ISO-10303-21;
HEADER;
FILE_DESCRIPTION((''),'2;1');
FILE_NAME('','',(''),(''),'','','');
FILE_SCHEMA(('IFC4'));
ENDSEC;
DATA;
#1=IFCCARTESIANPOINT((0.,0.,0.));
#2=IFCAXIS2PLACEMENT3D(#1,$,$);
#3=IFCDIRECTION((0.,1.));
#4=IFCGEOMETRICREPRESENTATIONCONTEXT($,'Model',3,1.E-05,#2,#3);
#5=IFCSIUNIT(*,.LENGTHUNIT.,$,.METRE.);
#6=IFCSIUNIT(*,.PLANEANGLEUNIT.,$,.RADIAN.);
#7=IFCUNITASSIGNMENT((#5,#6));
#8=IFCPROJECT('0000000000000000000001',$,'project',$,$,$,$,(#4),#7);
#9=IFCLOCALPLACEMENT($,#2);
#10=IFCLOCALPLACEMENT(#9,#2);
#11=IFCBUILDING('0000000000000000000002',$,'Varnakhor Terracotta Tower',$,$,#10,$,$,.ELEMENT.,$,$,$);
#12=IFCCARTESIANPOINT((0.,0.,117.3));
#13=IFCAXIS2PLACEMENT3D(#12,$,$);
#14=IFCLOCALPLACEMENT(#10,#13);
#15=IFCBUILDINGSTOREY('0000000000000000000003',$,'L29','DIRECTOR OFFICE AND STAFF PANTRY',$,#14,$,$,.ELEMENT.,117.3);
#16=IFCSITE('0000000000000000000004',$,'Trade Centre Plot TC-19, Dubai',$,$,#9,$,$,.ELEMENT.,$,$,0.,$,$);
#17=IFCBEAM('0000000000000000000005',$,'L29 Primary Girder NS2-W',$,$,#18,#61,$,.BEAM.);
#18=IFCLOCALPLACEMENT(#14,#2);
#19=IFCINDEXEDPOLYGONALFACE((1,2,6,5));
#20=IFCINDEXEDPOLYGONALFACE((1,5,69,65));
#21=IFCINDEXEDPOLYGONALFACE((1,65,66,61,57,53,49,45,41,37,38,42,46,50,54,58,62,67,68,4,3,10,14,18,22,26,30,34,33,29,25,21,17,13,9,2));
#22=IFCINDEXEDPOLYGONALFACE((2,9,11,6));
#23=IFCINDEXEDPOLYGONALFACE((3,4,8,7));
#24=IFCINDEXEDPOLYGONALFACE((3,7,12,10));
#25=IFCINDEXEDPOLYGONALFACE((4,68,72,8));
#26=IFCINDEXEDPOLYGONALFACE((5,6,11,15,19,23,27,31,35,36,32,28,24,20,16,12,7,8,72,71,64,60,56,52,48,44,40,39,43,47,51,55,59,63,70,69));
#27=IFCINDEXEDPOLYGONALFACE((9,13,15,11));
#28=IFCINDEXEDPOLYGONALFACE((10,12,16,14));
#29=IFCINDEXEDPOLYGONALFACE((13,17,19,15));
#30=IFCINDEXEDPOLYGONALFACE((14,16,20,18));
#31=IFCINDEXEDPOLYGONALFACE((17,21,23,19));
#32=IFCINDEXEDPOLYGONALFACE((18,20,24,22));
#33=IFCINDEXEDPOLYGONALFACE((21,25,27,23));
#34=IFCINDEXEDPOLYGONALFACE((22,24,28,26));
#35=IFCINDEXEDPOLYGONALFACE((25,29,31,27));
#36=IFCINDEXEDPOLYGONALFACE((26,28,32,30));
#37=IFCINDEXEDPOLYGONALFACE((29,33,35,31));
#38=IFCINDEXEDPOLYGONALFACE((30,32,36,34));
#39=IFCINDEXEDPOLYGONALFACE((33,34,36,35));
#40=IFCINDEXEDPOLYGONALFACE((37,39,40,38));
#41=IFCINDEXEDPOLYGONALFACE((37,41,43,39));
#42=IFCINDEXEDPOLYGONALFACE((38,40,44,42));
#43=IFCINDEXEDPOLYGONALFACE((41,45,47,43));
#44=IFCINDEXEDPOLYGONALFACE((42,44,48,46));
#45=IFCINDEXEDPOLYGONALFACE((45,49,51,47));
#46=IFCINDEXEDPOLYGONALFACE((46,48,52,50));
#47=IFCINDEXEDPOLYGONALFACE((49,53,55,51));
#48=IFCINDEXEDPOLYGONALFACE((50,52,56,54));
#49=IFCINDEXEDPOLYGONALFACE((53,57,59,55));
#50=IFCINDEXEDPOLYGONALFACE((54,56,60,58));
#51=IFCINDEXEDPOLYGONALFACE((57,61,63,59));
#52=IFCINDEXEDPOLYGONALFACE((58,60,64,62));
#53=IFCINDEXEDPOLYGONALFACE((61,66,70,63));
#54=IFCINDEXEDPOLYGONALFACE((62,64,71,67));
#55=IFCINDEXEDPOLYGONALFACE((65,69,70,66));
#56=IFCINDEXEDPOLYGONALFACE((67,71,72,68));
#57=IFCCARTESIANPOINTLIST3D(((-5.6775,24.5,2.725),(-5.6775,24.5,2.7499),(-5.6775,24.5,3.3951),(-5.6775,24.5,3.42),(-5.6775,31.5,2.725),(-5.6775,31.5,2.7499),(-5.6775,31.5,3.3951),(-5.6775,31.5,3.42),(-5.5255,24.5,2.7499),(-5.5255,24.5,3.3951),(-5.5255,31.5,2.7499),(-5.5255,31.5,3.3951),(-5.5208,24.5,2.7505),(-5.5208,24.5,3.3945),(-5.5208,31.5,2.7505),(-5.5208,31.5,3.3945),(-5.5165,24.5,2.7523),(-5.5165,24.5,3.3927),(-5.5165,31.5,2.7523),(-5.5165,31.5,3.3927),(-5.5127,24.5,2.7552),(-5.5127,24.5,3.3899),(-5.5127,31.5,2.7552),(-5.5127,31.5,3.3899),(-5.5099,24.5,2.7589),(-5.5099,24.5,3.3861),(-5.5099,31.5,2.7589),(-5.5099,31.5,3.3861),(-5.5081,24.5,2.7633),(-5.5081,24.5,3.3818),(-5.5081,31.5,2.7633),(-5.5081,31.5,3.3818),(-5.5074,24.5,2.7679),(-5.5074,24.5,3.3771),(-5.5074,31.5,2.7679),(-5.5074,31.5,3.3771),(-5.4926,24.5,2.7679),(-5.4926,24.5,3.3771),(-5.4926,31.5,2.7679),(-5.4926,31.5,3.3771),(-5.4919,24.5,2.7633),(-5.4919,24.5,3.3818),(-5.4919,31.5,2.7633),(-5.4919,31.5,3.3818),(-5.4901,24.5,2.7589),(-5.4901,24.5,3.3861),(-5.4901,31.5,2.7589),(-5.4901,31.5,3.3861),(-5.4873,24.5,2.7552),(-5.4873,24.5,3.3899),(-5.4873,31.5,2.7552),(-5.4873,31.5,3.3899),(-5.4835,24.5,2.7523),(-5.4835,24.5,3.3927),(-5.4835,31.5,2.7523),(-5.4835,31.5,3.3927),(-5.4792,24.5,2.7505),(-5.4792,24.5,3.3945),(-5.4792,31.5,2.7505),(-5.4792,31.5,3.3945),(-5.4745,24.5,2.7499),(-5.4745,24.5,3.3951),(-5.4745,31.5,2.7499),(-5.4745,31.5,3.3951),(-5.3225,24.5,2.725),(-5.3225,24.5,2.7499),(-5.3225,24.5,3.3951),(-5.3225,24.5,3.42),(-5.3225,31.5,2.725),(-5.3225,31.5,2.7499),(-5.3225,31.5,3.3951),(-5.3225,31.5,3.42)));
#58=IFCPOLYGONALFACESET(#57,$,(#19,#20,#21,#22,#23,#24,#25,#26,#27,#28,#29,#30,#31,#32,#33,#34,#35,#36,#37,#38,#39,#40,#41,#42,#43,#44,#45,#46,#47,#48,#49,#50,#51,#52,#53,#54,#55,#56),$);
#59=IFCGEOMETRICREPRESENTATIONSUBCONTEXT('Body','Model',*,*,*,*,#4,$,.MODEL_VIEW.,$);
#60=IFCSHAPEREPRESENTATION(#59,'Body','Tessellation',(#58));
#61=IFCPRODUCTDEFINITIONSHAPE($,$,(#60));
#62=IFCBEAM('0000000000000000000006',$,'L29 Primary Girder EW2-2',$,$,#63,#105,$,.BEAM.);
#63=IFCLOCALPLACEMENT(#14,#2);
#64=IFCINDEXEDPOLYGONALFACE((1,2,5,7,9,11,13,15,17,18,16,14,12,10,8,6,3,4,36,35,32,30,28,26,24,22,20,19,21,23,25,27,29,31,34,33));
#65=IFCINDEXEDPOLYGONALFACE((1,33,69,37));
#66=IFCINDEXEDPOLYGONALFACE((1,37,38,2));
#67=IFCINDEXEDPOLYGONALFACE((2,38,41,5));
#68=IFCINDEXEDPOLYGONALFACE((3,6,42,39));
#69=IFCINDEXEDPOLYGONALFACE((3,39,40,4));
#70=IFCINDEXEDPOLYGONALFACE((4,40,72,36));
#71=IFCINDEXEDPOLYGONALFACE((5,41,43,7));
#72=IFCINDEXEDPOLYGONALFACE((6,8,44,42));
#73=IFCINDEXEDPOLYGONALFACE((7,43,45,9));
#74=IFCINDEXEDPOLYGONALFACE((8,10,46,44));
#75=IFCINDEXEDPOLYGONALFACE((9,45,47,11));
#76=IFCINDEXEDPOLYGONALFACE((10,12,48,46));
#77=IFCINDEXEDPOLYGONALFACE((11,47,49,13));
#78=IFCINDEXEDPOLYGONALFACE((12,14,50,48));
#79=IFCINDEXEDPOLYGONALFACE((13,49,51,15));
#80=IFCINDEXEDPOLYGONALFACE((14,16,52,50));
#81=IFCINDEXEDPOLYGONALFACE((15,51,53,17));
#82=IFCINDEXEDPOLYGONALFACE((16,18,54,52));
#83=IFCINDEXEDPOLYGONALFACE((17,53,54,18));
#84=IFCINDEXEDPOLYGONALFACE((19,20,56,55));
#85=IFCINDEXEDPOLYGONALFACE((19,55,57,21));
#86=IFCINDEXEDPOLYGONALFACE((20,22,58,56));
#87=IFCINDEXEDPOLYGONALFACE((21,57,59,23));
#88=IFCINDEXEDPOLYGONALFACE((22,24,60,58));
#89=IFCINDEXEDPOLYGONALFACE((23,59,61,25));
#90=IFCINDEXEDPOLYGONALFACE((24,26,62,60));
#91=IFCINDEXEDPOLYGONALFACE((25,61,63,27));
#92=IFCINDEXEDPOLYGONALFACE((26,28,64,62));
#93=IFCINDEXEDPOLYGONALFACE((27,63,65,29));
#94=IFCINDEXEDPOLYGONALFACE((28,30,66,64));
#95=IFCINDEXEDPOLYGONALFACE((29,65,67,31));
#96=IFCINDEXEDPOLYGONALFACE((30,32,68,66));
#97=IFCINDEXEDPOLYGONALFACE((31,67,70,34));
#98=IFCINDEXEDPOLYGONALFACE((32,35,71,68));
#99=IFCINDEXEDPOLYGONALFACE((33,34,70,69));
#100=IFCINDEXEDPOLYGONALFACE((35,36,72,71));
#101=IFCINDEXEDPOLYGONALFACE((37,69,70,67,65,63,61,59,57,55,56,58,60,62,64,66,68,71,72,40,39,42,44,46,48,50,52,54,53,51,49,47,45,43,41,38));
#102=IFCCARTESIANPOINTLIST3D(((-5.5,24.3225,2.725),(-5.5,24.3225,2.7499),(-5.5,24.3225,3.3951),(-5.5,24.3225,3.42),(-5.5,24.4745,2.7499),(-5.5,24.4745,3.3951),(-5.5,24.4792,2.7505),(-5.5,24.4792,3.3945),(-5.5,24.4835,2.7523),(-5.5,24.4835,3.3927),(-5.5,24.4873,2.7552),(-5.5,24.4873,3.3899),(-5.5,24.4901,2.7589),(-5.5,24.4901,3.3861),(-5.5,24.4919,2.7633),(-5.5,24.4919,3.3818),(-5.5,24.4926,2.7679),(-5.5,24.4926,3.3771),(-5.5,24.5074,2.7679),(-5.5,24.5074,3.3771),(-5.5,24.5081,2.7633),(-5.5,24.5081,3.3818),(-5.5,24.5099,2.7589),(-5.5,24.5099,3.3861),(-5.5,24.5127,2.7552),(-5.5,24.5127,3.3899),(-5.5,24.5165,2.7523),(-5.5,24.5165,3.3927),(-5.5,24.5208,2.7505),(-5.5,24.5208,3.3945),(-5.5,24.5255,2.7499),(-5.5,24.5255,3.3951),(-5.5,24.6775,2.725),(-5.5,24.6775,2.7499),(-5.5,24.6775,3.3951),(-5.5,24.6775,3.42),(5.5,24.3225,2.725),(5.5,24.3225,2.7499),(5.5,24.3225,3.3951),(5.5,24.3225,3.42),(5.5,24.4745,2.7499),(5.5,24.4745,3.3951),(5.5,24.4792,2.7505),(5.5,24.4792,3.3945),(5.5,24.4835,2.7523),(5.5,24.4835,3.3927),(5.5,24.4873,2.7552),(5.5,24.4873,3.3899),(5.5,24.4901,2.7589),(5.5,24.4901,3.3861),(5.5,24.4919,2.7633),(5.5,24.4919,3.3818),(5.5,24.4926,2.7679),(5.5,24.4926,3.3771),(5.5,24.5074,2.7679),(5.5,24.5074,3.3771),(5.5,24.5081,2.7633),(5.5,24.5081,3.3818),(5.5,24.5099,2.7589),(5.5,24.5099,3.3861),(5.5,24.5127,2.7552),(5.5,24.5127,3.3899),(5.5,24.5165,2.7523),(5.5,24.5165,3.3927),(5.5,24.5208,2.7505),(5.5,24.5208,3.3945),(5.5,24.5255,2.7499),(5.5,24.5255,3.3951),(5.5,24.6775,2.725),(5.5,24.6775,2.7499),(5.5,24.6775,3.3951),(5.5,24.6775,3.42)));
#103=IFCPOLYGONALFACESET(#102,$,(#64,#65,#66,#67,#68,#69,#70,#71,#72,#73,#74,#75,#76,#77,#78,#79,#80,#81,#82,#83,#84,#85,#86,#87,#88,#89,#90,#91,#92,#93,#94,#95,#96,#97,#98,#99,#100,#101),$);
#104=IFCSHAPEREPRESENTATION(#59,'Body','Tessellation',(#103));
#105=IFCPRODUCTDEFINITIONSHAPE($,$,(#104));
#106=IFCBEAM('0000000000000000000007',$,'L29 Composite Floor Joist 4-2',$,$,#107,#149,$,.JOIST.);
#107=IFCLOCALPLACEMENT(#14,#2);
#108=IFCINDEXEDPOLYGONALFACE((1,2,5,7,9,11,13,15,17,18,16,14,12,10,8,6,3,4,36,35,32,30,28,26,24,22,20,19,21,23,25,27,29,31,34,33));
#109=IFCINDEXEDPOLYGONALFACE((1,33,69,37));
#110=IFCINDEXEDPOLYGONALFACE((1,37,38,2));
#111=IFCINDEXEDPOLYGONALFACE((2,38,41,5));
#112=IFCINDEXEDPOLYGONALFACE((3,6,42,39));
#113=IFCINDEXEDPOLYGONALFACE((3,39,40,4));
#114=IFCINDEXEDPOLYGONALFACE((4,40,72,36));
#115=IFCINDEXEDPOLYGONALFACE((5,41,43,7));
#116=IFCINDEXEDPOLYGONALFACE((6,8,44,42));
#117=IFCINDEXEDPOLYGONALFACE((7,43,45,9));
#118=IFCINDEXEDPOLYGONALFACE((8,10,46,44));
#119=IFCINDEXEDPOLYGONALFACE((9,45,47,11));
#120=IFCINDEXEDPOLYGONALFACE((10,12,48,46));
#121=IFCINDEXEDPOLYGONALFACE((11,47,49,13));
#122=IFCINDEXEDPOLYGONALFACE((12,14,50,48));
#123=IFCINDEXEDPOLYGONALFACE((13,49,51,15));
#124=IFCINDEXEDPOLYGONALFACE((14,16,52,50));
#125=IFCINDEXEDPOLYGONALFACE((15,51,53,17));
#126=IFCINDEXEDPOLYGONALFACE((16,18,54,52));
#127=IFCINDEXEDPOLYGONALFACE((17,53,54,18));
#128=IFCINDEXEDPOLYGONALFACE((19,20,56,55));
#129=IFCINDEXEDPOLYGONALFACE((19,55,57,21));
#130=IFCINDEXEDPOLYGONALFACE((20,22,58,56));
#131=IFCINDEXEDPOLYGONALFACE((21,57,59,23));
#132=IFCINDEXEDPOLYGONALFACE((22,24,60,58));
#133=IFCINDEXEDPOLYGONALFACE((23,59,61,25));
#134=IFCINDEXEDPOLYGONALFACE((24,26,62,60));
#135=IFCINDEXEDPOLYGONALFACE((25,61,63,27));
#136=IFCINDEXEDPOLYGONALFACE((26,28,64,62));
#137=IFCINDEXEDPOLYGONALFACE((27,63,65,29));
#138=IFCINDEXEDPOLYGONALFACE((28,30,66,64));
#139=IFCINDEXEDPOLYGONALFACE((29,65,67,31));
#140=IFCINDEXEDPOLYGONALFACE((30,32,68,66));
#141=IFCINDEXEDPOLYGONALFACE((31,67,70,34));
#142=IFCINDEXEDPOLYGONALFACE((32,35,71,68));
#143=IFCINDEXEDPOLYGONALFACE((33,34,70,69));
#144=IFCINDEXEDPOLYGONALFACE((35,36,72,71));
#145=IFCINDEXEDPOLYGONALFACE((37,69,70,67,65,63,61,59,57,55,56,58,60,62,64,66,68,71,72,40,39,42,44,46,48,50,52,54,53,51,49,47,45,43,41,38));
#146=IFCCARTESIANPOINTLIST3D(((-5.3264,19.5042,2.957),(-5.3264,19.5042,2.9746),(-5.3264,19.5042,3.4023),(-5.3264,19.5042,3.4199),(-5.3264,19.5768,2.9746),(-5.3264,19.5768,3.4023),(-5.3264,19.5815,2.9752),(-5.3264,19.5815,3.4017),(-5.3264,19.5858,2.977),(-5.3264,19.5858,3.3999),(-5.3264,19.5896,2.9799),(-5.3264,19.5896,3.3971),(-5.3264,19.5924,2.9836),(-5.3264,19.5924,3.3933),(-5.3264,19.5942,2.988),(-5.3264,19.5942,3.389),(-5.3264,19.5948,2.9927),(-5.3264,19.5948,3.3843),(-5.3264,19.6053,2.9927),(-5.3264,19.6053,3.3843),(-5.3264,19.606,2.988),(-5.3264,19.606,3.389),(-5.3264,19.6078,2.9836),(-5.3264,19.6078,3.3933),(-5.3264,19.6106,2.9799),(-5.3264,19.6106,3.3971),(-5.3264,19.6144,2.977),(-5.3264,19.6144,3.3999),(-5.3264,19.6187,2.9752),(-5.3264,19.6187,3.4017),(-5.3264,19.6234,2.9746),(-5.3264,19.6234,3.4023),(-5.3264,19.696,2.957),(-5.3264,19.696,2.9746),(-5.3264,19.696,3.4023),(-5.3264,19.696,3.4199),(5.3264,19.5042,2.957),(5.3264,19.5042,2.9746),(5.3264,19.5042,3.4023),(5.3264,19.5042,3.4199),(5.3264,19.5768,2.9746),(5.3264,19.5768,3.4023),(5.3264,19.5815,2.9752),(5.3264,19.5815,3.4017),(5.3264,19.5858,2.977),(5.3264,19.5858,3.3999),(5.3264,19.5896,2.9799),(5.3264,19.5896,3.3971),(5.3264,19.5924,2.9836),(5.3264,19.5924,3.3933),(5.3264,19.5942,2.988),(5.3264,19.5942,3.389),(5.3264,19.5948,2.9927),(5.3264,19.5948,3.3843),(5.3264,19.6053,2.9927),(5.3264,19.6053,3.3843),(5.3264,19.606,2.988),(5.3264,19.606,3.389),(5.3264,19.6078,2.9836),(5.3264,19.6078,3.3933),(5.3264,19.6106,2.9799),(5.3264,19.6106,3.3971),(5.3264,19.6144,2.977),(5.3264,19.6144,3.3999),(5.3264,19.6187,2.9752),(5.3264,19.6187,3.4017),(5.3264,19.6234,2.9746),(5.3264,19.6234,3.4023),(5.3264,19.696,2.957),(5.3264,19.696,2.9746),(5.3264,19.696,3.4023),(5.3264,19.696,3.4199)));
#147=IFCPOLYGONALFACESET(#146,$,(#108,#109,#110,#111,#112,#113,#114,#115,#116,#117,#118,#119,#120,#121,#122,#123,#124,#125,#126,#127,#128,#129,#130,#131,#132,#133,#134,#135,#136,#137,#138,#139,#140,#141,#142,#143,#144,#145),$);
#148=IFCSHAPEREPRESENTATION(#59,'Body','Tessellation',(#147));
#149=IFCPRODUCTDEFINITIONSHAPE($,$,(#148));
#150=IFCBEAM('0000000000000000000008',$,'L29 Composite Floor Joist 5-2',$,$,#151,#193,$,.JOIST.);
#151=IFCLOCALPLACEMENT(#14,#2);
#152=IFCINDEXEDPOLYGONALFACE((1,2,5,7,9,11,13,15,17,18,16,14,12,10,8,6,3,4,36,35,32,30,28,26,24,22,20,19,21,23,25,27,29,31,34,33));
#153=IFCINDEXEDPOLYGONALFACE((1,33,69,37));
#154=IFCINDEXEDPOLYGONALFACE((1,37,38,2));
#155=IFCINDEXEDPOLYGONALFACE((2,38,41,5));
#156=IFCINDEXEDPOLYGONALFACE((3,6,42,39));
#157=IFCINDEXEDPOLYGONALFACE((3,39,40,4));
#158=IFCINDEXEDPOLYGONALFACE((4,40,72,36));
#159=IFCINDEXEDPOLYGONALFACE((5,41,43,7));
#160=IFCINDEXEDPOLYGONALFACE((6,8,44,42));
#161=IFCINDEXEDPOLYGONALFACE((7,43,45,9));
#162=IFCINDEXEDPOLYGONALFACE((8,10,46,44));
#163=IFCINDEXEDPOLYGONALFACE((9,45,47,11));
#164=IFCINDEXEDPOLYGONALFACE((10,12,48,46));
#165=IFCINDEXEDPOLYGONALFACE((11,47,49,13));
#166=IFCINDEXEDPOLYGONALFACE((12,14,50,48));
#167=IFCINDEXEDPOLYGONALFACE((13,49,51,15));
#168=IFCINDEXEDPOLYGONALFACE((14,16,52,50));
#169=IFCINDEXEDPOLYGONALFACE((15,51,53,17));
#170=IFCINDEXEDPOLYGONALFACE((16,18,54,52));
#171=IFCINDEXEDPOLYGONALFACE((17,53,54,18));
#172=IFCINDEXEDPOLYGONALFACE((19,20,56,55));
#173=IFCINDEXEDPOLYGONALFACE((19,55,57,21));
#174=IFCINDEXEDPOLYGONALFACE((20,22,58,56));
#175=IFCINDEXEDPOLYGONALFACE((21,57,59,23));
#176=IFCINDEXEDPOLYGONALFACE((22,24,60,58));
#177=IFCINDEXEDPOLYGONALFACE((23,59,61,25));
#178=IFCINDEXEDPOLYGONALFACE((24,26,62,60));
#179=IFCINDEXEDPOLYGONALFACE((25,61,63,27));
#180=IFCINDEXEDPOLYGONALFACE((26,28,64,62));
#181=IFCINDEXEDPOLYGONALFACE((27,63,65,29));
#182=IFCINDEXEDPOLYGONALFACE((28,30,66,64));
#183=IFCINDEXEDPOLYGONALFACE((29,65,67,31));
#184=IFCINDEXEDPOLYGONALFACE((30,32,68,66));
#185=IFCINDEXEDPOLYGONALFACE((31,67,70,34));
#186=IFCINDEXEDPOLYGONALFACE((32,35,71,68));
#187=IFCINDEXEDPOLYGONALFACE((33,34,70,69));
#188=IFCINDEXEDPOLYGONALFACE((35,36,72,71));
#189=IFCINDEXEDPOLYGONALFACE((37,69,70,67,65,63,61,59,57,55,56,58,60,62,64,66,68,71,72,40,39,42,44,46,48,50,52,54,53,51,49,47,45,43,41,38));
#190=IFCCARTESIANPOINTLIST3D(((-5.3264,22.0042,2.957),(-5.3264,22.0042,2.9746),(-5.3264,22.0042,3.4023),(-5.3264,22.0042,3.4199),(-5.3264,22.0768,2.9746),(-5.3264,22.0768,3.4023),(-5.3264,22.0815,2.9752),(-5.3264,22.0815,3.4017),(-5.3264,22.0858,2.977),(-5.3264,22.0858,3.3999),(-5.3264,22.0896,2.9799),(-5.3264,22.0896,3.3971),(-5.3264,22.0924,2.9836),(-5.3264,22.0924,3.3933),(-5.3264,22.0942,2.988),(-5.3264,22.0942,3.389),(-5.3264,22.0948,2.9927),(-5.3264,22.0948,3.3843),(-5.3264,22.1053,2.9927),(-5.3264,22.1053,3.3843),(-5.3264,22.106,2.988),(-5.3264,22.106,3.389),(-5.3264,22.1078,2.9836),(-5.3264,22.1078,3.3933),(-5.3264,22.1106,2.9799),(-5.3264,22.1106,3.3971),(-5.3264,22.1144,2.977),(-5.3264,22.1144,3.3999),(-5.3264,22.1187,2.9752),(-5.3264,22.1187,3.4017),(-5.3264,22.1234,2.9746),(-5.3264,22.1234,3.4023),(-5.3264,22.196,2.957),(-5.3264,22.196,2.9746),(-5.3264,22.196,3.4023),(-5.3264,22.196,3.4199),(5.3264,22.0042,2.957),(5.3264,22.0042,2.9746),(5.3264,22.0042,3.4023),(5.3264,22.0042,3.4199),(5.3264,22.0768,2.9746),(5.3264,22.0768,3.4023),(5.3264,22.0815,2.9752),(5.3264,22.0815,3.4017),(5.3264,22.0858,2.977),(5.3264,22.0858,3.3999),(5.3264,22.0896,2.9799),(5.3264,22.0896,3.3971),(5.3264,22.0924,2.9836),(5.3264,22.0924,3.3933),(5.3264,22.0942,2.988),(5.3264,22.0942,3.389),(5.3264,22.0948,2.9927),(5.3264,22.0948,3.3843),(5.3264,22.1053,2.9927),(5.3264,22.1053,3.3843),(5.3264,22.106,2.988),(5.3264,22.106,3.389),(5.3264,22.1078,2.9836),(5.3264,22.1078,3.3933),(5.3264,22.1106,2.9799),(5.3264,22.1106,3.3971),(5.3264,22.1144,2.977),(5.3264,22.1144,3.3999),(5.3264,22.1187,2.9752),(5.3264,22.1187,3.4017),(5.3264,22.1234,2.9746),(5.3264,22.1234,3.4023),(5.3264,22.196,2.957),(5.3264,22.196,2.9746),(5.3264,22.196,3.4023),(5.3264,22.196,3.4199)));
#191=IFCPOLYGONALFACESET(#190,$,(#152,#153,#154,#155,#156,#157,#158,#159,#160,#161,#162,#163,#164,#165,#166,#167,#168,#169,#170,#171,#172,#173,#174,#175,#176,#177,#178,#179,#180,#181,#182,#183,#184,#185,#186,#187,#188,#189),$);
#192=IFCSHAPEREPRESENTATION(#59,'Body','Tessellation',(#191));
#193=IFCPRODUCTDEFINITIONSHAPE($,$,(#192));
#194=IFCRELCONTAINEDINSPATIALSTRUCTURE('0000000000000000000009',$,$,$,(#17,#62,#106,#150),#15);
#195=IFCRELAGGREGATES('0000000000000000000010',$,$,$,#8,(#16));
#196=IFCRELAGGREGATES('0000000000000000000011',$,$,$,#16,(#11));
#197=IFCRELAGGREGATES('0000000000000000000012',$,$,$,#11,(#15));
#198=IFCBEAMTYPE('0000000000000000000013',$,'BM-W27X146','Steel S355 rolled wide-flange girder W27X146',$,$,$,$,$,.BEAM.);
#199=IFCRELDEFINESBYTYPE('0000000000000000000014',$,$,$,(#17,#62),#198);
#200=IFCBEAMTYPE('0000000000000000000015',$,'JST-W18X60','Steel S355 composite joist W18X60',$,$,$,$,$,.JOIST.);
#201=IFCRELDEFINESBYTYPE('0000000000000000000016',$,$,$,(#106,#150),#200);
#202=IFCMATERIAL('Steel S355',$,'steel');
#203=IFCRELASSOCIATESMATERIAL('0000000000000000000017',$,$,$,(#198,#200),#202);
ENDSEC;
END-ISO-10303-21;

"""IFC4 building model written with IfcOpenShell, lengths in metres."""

from ifc_helpers import new_model, si_unit, direction, frame, origin, origin_2d, place, context, subcontext, project, spatial, i_section, extrude, source, transform, mapped, material, material_profile, profile_set, type_object, element, save


model = new_model("IFC4")

# Units and contexts
model_context = context("Model", 3, precision=1e-05, world=origin(), true_north=direction((0.0, 1.0)))
body_context = subcontext(model_context, "Body", "Model", "MODEL_VIEW")
ifc_project = project(units=[si_unit("LENGTHUNIT", "METRE"), si_unit("PLANEANGLEUNIT", "RADIAN")], contexts=[model_context])

# Site, building, storey
site_placement = place(None, origin())
site = spatial("IfcSite", under=ifc_project, at=site_placement, Name="Trade Centre Plot TC-19, Dubai", CompositionType="ELEMENT", RefElevation=0.0)
building_placement = place(site_placement, origin())
building = spatial("IfcBuilding", under=site, at=building_placement, Name="Varnakhor Terracotta Tower", CompositionType="ELEMENT")
storey_placement = place(building_placement, frame((0.0, 0.0, 117.3)))
storey = spatial("IfcBuildingStorey", under=building, at=storey_placement, Name="L29", Description="DIRECTOR OFFICE AND STAFF PANTRY", CompositionType="ELEMENT", Elevation=117.3)

# Beams
ifc_material_1 = material(Name="Steel S355", Category="steel")
ifc_material_profile_1 = material_profile(ifc_material_1, i_section(OverallWidth=0.355, OverallDepth=0.6951, WebThickness=0.0149, FlangeThickness=0.0249, FilletRadius=0.0181, at=origin_2d()), Name="W27X146")
ifc_profile_set_1 = profile_set([ifc_material_profile_1], Name="Steel S355")
beam_type_1 = type_object("IfcBeamType", Name="BM-W27X146", Description="Steel S355 rolled wide-flange girder W27X146", PredefinedType="BEAM", material=ifc_profile_set_1)
shared_shape_1 = source(origin(), body_context, "Body", "SweptSolid", [
    extrude(i_section(OverallWidth=0.355, OverallDepth=0.6951, WebThickness=0.0149, FlangeThickness=0.0249, FilletRadius=0.0181, at=origin_2d()), origin(), (0.0, 0.0, 1.0), 7.0),
])
beam_1_placement = place(storey_placement, frame((-5.5, 24.5, 3.0725), z_axis=(0.0, 1.0, 0.0), x_axis=(-1.0, 0.0, 0.0)))
element("IfcBeam", 1, at=beam_1_placement, inside=storey, type_object=beam_type_1, Name="L29 Primary Girder NS2-W", PredefinedType="BEAM", context=body_context, shape_type="MappedRepresentation", body=[
    mapped(shared_shape_1, transform((0.0, 0.0, 0.0), scale=1.0)),
])
shared_shape_2 = source(origin(), body_context, "Body", "SweptSolid", [
    extrude(i_section(OverallWidth=0.355, OverallDepth=0.6951, WebThickness=0.0149, FlangeThickness=0.0249, FilletRadius=0.0181, at=origin_2d()), origin(), (0.0, 0.0, 1.0), 11.0),
])
beam_2_placement = place(storey_placement, frame((-5.5, 24.5, 3.0725), z_axis=(1.0, 0.0, 0.0), x_axis=(0.0, 1.0, 0.0)))
element("IfcBeam", 2, at=beam_2_placement, inside=storey, type_object=beam_type_1, Name="L29 Primary Girder EW2-2", PredefinedType="BEAM", context=body_context, shape_type="MappedRepresentation", body=[
    mapped(shared_shape_2, transform((0.0, 0.0, 0.0), scale=1.0)),
])
ifc_material_profile_2 = material_profile(ifc_material_1, i_section(OverallWidth=0.1919, OverallDepth=0.4629, WebThickness=0.0105, FlangeThickness=0.0176, FilletRadius=0.0181, at=origin_2d()), Name="W18X60")
ifc_profile_set_2 = profile_set([ifc_material_profile_2], Name="Steel S355")
beam_type_2 = type_object("IfcBeamType", Name="JST-W18X60", Description="Steel S355 composite joist W18X60", PredefinedType="JOIST", material=ifc_profile_set_2)
shared_shape_3 = source(origin(), body_context, "Body", "SweptSolid", [
    extrude(i_section(OverallWidth=0.1919, OverallDepth=0.4629, WebThickness=0.0105, FlangeThickness=0.0176, FilletRadius=0.0181, at=origin_2d()), origin(), (0.0, 0.0, 1.0), 10.6528),
])
for number, where, z_axis, x_axis, name in (
    (3, (-5.3264, 19.6001, 3.1885), (1.0, 0.0, 0.0), (0.0, 1.0, 0.0), "L29 Composite Floor Joist 4-2"),
    (4, (-5.3264, 22.1001, 3.1885), (1.0, 0.0, 0.0), (0.0, 1.0, 0.0), "L29 Composite Floor Joist 5-2"),
):
    element("IfcBeam", number, at=place(storey_placement, frame(where, z_axis=z_axis, x_axis=x_axis)), inside=storey, type_object=beam_type_2, Name=name, PredefinedType="JOIST", context=body_context, shape_type="MappedRepresentation", body=[
        mapped(shared_shape_3, transform((0.0, 0.0, 0.0), scale=1.0)),
    ])

save(model, "model.ifc")
